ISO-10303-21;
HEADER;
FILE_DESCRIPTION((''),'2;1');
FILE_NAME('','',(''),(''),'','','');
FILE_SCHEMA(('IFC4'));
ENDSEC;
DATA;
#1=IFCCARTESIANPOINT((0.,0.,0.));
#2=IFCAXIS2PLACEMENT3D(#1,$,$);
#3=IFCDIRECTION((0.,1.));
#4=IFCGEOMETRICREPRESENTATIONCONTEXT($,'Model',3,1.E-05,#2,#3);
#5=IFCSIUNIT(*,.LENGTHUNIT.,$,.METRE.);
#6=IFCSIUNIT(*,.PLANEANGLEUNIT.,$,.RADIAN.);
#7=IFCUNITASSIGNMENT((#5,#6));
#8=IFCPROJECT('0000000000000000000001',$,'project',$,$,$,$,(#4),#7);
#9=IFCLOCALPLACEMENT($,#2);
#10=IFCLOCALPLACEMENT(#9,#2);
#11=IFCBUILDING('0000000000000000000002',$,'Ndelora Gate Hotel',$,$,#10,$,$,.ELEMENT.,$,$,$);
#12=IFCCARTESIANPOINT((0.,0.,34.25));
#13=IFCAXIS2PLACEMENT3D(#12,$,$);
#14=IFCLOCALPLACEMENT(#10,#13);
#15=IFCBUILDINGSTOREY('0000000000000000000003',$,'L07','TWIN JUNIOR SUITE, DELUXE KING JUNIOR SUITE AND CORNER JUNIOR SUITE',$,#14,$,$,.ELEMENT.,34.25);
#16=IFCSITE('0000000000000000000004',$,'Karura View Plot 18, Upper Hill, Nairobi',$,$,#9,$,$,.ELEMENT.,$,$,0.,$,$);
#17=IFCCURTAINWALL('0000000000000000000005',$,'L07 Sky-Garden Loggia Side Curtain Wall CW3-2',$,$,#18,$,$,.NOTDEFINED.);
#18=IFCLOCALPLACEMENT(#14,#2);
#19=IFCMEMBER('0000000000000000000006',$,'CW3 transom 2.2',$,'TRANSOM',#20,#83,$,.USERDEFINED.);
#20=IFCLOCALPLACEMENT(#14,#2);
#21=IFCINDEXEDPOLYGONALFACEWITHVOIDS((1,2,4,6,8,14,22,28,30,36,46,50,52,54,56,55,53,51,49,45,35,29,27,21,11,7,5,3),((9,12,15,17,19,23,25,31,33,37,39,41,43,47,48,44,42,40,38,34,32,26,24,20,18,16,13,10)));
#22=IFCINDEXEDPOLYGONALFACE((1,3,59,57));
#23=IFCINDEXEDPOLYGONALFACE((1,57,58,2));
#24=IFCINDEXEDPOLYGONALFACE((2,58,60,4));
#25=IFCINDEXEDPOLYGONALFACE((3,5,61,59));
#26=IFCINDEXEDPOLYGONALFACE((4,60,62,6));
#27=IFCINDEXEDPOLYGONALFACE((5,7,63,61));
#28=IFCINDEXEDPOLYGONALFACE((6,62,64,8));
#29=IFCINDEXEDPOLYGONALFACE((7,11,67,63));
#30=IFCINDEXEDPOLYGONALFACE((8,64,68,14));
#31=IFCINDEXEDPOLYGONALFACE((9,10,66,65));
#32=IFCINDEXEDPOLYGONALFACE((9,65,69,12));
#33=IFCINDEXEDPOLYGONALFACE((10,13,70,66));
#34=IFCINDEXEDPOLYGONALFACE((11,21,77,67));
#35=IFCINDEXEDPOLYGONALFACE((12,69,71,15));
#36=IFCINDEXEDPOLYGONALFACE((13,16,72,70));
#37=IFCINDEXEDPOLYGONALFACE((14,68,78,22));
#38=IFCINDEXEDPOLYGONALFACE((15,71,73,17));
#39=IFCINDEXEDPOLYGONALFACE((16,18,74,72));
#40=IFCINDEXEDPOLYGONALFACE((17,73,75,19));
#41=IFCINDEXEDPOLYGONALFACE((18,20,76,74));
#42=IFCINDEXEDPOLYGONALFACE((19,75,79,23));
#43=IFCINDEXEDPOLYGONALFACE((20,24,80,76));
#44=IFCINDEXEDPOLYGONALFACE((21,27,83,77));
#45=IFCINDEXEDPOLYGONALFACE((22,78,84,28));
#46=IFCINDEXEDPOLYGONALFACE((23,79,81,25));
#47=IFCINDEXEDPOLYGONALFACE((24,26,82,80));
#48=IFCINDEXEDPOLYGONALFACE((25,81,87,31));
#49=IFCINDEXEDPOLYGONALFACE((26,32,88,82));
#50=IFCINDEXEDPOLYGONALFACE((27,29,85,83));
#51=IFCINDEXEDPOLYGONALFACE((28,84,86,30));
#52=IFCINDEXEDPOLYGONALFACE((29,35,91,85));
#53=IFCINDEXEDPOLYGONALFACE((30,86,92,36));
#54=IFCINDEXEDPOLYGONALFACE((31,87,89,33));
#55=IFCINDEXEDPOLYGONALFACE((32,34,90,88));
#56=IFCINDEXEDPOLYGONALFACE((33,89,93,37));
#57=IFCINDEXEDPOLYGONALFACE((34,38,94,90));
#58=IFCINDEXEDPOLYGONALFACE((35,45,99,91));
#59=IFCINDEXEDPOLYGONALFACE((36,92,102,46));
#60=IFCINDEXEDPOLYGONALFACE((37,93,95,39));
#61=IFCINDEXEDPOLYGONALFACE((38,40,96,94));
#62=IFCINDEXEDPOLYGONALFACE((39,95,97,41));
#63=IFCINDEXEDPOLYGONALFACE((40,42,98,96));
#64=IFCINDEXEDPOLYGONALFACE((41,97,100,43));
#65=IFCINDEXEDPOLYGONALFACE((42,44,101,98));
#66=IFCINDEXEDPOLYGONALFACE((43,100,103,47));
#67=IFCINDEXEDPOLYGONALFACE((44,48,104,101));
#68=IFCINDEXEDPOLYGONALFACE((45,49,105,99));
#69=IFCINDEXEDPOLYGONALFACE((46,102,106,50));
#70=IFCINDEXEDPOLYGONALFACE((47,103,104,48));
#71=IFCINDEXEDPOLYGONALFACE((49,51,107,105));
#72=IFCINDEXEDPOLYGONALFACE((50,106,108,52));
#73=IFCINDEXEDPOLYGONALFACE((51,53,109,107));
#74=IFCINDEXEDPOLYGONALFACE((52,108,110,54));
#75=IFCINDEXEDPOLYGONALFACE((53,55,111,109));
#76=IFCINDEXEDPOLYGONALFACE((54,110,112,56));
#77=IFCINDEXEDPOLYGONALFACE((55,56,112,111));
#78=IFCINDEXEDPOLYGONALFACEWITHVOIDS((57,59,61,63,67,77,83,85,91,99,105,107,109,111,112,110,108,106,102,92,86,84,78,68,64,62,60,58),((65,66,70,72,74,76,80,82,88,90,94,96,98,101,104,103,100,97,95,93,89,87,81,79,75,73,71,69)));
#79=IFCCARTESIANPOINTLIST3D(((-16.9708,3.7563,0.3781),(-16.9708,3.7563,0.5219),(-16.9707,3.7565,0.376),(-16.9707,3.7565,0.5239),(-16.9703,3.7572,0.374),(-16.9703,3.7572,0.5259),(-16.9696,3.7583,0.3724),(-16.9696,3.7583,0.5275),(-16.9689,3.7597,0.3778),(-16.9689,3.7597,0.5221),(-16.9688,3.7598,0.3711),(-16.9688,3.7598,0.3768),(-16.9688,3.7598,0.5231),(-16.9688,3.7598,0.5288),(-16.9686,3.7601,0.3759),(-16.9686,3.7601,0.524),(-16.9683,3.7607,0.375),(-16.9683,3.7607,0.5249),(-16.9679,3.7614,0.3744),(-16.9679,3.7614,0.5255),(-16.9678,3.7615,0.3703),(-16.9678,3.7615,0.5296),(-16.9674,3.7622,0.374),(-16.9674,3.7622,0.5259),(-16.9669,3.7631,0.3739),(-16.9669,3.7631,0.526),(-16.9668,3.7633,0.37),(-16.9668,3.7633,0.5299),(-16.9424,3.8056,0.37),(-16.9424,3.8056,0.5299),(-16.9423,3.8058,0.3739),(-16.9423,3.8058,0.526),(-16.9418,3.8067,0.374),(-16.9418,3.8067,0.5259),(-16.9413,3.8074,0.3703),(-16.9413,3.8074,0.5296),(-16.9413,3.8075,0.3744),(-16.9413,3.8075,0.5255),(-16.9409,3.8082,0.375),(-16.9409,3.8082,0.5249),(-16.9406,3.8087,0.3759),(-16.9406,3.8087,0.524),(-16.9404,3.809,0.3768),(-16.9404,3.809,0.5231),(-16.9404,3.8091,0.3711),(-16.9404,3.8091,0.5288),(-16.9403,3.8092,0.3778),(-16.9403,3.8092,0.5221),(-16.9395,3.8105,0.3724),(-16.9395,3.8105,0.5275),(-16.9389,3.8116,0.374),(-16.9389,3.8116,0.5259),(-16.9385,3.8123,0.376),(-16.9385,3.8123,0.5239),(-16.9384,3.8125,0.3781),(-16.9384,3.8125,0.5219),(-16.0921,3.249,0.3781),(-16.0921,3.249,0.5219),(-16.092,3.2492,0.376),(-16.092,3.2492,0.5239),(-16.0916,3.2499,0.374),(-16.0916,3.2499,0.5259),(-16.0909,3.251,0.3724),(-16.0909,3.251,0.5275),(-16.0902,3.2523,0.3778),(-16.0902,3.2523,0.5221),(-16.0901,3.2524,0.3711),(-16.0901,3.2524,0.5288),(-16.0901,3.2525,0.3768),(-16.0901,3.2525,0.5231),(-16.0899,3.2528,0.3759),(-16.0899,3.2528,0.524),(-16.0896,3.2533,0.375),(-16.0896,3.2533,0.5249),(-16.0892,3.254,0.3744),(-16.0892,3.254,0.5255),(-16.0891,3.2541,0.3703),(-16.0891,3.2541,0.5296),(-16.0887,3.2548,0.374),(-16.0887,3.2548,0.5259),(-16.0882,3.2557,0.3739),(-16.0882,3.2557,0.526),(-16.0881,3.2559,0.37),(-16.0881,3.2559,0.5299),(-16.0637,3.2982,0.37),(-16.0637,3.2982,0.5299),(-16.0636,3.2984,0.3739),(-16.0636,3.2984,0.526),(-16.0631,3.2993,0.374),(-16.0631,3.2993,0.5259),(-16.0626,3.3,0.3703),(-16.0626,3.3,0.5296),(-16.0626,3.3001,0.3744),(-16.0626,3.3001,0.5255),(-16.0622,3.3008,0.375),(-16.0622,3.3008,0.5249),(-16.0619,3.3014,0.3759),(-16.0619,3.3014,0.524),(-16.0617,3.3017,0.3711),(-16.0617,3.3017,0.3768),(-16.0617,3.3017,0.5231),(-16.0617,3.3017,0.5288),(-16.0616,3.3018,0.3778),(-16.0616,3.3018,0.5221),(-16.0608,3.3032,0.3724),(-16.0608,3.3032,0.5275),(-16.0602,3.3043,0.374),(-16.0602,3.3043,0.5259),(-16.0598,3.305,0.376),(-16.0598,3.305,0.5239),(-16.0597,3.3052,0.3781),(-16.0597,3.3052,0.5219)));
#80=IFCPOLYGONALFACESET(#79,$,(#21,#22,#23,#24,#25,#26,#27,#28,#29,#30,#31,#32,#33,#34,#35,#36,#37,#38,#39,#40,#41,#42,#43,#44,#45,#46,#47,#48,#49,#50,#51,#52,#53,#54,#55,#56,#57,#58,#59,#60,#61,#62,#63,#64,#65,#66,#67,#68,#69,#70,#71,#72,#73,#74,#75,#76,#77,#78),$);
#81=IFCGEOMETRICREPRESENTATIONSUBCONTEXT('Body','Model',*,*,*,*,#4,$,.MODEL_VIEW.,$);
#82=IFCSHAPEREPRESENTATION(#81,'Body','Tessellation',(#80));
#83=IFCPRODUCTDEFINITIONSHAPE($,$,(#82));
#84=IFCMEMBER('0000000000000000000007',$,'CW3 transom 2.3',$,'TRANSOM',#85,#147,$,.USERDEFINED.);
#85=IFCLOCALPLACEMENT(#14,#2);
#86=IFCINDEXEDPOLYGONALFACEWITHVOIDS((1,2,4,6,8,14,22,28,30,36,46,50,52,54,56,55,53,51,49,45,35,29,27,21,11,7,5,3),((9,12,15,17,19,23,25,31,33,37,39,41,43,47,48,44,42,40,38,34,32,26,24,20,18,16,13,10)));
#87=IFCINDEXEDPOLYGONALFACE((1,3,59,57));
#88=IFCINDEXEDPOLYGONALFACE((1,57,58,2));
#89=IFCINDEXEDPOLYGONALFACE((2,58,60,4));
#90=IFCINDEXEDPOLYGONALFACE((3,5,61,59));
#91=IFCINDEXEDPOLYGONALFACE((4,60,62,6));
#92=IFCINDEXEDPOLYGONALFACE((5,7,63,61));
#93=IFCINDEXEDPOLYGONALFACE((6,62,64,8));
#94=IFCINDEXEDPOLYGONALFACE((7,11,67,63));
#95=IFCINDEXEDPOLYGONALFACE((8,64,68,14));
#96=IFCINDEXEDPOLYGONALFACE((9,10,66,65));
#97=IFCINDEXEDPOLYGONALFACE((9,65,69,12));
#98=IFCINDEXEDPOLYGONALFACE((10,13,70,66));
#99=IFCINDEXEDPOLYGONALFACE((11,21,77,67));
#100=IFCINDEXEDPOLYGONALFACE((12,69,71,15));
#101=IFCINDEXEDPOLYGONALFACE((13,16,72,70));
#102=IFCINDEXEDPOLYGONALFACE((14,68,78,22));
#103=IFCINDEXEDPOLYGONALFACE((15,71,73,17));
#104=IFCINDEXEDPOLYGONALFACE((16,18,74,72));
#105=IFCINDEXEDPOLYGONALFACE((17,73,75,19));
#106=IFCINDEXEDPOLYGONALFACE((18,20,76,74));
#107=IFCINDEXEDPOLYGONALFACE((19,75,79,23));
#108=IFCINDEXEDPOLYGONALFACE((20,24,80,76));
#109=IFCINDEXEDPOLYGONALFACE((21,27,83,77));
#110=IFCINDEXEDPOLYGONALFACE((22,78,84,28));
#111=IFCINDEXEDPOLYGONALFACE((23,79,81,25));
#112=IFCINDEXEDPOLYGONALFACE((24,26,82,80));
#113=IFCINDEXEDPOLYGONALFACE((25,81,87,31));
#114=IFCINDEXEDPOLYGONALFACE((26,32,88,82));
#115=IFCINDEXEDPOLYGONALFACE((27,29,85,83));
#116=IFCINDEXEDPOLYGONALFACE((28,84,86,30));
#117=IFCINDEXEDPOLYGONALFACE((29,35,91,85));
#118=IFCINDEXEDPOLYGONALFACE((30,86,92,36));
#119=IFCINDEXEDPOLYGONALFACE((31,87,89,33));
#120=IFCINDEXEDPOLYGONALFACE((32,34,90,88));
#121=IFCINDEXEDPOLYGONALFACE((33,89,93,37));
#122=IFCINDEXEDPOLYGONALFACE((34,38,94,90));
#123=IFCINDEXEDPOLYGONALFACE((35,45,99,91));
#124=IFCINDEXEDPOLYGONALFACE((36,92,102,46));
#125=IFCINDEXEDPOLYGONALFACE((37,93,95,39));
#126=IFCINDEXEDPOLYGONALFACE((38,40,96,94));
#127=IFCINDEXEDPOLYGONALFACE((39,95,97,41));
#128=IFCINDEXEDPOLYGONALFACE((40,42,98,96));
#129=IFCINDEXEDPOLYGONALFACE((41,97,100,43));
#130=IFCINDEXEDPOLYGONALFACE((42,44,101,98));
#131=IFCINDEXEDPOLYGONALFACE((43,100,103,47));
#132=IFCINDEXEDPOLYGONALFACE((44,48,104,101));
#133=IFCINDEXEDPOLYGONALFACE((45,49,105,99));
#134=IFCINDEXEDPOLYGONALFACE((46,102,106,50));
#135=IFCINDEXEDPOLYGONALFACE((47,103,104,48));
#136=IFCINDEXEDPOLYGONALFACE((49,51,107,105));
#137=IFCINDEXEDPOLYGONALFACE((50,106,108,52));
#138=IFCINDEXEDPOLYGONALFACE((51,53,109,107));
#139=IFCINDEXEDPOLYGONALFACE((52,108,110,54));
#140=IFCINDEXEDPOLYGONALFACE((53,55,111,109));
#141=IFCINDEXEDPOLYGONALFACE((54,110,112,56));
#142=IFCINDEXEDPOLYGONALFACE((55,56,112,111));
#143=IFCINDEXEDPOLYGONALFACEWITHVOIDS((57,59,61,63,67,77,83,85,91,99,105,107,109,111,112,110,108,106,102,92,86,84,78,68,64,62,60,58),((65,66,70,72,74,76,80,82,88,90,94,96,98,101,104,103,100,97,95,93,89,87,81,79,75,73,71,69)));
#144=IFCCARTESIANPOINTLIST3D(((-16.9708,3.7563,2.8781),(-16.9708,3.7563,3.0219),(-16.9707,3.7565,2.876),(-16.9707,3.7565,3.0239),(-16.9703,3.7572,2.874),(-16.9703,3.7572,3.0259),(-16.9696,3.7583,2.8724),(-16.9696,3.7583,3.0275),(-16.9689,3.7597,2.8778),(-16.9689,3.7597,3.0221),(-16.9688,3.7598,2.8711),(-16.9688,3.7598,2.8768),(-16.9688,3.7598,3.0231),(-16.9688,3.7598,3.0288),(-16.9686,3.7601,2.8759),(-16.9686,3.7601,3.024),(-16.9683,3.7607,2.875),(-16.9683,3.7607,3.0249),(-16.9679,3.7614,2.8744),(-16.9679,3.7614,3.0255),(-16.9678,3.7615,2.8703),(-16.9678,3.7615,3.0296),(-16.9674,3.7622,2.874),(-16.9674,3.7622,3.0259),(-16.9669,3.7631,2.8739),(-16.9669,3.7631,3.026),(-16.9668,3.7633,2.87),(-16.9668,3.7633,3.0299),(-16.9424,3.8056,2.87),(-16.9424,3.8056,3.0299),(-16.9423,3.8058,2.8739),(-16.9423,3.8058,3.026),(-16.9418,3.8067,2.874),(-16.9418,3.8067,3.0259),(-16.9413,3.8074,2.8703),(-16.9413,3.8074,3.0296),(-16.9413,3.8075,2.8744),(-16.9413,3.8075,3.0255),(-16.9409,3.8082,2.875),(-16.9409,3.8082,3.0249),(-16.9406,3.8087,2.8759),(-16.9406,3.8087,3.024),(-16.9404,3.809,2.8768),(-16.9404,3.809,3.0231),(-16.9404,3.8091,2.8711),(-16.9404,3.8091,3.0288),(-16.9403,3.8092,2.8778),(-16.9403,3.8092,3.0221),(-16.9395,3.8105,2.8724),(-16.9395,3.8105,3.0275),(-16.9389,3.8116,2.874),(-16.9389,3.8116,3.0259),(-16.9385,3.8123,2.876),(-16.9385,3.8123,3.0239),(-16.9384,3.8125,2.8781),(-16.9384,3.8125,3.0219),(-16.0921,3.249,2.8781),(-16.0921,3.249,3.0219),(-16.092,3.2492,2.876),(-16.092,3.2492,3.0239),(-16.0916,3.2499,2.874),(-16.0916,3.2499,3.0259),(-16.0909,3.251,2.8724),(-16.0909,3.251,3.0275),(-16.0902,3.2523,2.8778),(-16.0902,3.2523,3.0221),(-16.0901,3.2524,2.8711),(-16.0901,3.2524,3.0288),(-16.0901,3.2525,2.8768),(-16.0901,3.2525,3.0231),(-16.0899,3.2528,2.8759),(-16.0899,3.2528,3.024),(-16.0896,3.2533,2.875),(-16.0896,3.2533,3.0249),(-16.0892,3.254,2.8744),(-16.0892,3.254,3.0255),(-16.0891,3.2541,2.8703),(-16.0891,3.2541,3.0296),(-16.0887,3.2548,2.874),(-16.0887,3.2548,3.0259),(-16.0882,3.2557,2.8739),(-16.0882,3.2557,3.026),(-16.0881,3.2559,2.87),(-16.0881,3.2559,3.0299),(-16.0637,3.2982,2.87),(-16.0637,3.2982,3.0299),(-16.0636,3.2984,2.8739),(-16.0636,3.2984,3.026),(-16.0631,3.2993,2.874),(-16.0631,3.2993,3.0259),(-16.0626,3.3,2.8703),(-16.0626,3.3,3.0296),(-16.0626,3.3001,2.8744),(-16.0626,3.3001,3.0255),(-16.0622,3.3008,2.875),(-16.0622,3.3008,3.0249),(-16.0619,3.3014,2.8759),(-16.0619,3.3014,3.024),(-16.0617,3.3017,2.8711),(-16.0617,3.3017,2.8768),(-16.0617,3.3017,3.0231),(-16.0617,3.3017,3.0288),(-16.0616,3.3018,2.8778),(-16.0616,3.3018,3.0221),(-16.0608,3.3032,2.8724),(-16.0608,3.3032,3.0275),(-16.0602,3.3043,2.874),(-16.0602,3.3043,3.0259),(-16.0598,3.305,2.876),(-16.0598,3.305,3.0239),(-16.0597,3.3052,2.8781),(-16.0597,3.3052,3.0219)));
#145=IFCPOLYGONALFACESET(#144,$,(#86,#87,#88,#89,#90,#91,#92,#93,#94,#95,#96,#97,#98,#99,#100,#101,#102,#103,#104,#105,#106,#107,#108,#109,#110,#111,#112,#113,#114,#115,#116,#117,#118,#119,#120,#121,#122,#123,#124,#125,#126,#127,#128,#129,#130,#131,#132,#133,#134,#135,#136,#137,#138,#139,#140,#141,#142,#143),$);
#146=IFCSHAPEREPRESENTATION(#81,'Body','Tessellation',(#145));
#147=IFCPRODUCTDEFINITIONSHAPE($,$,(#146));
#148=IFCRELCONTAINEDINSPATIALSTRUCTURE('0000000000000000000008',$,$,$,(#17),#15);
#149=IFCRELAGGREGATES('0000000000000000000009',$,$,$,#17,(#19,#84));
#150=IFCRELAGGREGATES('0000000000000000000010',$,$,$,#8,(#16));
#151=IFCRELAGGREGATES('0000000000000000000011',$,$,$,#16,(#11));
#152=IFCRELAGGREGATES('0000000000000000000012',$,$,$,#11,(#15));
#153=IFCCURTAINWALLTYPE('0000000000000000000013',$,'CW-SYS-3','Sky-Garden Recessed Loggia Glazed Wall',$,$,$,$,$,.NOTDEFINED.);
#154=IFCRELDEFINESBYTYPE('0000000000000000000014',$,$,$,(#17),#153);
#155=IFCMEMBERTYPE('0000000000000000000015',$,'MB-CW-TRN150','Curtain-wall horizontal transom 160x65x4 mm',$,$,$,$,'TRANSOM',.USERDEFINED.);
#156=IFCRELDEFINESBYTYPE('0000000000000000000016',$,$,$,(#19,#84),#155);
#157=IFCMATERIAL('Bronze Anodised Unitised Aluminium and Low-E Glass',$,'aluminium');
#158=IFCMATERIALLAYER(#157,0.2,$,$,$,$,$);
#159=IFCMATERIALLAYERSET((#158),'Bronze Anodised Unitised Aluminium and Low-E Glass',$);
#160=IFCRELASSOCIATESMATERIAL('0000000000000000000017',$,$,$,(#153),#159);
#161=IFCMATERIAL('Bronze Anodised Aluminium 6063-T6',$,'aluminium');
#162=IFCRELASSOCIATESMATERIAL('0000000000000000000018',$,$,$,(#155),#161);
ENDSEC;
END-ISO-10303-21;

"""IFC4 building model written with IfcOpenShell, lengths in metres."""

from ifc_helpers import new_model, si_unit, direction, frame, origin, origin_2d, place, context, subcontext, project, spatial, hollow_rectangle, extrude, material, layer, layer_set, material_profile, profile_set, type_object, element, aggregate, save


model = new_model("IFC4")

# Units and contexts
model_context = context("Model", 3, precision=1e-05, world=origin(), true_north=direction((0.0, 1.0)))
body_context = subcontext(model_context, "Body", "Model", "MODEL_VIEW")
ifc_project = project(units=[si_unit("LENGTHUNIT", "METRE"), si_unit("PLANEANGLEUNIT", "RADIAN")], contexts=[model_context])

# Site, building, storey
site_placement = place(None, origin())
site = spatial("IfcSite", under=ifc_project, at=site_placement, Name="Karura View Plot 18, Upper Hill, Nairobi", CompositionType="ELEMENT", RefElevation=0.0)
building_placement = place(site_placement, origin())
building = spatial("IfcBuilding", under=site, at=building_placement, Name="Ndelora Gate Hotel", CompositionType="ELEMENT")
storey_placement = place(building_placement, frame((0.0, 0.0, 34.25)))
storey = spatial("IfcBuildingStorey", under=building, at=storey_placement, Name="L07", Description="TWIN JUNIOR SUITE, DELUXE KING JUNIOR SUITE AND CORNER JUNIOR SUITE", CompositionType="ELEMENT", Elevation=34.25)

# Curtain wall, members
ifc_material_1 = material(Name="Bronze Anodised Unitised Aluminium and Low-E Glass", Category="aluminium")
ifc_layer_1 = layer(ifc_material_1, 0.2)
ifc_layer_set_1 = layer_set([ifc_layer_1], Name="Bronze Anodised Unitised Aluminium and Low-E Glass")
curtain_wall_type = type_object("IfcCurtainWallType", Name="CW-SYS-3", Description="Sky-Garden Recessed Loggia Glazed Wall", PredefinedType="NOTDEFINED", material=ifc_layer_set_1)
curtain_wall_placement = place(storey_placement, origin())
curtain_wall = element("IfcCurtainWall", 1, at=curtain_wall_placement, inside=storey, type_object=curtain_wall_type, Name="L07 Sky-Garden Loggia Side Curtain Wall CW3-2", PredefinedType="NOTDEFINED")
ifc_material_2 = material(Name="Bronze Anodised Aluminium 6063-T6", Category="aluminium")
ifc_material_profile_1 = material_profile(ifc_material_2, hollow_rectangle(XDim=0.0649, YDim=0.1599, WallThickness=0.0039, InnerFilletRadius=0.0039, OuterFilletRadius=0.0081, at=origin_2d()), Name="ALU 160x65x4")
ifc_profile_set_1 = profile_set([ifc_material_profile_1], Name="Bronze Anodised Aluminium 6063-T6")
member_type_1 = type_object("IfcMemberType", Name="MB-CW-TRN150", Description="Curtain-wall horizontal transom 160x65x4 mm", ElementType="TRANSOM", PredefinedType="USERDEFINED", material=ifc_profile_set_1)
member_1_placement = place(storey_placement, frame((-16.9546, 3.7844, 0.45), z_axis=(0.866013, -0.500021, 0.0), x_axis=(0.500021, 0.866013, 0.0)))
member_1 = element("IfcMember", 2, at=member_1_placement, type_object=member_type_1, Name="CW3 transom 2.2", ObjectType="TRANSOM", PredefinedType="USERDEFINED", context=body_context, shape_type="SweptSolid", body=[
    extrude(hollow_rectangle(XDim=0.0649, YDim=0.1599, WallThickness=0.0039, InnerFilletRadius=0.0039, OuterFilletRadius=0.0081, at=origin_2d()), origin(), (0.0, 0.0, 1.0), 1.0146),
])
member_2_placement = place(storey_placement, frame((-16.9546, 3.7844, 2.95), z_axis=(0.866013, -0.500021, 0.0), x_axis=(0.500021, 0.866013, 0.0)))
member_2 = element("IfcMember", 3, at=member_2_placement, type_object=member_type_1, Name="CW3 transom 2.3", ObjectType="TRANSOM", PredefinedType="USERDEFINED", context=body_context, shape_type="SweptSolid", body=[
    extrude(hollow_rectangle(XDim=0.0649, YDim=0.1599, WallThickness=0.0039, InnerFilletRadius=0.0039, OuterFilletRadius=0.0081, at=origin_2d()), origin(), (0.0, 0.0, 1.0), 1.0146),
])
aggregate(curtain_wall, [member_1, member_2])

save(model, "model.ifc")
